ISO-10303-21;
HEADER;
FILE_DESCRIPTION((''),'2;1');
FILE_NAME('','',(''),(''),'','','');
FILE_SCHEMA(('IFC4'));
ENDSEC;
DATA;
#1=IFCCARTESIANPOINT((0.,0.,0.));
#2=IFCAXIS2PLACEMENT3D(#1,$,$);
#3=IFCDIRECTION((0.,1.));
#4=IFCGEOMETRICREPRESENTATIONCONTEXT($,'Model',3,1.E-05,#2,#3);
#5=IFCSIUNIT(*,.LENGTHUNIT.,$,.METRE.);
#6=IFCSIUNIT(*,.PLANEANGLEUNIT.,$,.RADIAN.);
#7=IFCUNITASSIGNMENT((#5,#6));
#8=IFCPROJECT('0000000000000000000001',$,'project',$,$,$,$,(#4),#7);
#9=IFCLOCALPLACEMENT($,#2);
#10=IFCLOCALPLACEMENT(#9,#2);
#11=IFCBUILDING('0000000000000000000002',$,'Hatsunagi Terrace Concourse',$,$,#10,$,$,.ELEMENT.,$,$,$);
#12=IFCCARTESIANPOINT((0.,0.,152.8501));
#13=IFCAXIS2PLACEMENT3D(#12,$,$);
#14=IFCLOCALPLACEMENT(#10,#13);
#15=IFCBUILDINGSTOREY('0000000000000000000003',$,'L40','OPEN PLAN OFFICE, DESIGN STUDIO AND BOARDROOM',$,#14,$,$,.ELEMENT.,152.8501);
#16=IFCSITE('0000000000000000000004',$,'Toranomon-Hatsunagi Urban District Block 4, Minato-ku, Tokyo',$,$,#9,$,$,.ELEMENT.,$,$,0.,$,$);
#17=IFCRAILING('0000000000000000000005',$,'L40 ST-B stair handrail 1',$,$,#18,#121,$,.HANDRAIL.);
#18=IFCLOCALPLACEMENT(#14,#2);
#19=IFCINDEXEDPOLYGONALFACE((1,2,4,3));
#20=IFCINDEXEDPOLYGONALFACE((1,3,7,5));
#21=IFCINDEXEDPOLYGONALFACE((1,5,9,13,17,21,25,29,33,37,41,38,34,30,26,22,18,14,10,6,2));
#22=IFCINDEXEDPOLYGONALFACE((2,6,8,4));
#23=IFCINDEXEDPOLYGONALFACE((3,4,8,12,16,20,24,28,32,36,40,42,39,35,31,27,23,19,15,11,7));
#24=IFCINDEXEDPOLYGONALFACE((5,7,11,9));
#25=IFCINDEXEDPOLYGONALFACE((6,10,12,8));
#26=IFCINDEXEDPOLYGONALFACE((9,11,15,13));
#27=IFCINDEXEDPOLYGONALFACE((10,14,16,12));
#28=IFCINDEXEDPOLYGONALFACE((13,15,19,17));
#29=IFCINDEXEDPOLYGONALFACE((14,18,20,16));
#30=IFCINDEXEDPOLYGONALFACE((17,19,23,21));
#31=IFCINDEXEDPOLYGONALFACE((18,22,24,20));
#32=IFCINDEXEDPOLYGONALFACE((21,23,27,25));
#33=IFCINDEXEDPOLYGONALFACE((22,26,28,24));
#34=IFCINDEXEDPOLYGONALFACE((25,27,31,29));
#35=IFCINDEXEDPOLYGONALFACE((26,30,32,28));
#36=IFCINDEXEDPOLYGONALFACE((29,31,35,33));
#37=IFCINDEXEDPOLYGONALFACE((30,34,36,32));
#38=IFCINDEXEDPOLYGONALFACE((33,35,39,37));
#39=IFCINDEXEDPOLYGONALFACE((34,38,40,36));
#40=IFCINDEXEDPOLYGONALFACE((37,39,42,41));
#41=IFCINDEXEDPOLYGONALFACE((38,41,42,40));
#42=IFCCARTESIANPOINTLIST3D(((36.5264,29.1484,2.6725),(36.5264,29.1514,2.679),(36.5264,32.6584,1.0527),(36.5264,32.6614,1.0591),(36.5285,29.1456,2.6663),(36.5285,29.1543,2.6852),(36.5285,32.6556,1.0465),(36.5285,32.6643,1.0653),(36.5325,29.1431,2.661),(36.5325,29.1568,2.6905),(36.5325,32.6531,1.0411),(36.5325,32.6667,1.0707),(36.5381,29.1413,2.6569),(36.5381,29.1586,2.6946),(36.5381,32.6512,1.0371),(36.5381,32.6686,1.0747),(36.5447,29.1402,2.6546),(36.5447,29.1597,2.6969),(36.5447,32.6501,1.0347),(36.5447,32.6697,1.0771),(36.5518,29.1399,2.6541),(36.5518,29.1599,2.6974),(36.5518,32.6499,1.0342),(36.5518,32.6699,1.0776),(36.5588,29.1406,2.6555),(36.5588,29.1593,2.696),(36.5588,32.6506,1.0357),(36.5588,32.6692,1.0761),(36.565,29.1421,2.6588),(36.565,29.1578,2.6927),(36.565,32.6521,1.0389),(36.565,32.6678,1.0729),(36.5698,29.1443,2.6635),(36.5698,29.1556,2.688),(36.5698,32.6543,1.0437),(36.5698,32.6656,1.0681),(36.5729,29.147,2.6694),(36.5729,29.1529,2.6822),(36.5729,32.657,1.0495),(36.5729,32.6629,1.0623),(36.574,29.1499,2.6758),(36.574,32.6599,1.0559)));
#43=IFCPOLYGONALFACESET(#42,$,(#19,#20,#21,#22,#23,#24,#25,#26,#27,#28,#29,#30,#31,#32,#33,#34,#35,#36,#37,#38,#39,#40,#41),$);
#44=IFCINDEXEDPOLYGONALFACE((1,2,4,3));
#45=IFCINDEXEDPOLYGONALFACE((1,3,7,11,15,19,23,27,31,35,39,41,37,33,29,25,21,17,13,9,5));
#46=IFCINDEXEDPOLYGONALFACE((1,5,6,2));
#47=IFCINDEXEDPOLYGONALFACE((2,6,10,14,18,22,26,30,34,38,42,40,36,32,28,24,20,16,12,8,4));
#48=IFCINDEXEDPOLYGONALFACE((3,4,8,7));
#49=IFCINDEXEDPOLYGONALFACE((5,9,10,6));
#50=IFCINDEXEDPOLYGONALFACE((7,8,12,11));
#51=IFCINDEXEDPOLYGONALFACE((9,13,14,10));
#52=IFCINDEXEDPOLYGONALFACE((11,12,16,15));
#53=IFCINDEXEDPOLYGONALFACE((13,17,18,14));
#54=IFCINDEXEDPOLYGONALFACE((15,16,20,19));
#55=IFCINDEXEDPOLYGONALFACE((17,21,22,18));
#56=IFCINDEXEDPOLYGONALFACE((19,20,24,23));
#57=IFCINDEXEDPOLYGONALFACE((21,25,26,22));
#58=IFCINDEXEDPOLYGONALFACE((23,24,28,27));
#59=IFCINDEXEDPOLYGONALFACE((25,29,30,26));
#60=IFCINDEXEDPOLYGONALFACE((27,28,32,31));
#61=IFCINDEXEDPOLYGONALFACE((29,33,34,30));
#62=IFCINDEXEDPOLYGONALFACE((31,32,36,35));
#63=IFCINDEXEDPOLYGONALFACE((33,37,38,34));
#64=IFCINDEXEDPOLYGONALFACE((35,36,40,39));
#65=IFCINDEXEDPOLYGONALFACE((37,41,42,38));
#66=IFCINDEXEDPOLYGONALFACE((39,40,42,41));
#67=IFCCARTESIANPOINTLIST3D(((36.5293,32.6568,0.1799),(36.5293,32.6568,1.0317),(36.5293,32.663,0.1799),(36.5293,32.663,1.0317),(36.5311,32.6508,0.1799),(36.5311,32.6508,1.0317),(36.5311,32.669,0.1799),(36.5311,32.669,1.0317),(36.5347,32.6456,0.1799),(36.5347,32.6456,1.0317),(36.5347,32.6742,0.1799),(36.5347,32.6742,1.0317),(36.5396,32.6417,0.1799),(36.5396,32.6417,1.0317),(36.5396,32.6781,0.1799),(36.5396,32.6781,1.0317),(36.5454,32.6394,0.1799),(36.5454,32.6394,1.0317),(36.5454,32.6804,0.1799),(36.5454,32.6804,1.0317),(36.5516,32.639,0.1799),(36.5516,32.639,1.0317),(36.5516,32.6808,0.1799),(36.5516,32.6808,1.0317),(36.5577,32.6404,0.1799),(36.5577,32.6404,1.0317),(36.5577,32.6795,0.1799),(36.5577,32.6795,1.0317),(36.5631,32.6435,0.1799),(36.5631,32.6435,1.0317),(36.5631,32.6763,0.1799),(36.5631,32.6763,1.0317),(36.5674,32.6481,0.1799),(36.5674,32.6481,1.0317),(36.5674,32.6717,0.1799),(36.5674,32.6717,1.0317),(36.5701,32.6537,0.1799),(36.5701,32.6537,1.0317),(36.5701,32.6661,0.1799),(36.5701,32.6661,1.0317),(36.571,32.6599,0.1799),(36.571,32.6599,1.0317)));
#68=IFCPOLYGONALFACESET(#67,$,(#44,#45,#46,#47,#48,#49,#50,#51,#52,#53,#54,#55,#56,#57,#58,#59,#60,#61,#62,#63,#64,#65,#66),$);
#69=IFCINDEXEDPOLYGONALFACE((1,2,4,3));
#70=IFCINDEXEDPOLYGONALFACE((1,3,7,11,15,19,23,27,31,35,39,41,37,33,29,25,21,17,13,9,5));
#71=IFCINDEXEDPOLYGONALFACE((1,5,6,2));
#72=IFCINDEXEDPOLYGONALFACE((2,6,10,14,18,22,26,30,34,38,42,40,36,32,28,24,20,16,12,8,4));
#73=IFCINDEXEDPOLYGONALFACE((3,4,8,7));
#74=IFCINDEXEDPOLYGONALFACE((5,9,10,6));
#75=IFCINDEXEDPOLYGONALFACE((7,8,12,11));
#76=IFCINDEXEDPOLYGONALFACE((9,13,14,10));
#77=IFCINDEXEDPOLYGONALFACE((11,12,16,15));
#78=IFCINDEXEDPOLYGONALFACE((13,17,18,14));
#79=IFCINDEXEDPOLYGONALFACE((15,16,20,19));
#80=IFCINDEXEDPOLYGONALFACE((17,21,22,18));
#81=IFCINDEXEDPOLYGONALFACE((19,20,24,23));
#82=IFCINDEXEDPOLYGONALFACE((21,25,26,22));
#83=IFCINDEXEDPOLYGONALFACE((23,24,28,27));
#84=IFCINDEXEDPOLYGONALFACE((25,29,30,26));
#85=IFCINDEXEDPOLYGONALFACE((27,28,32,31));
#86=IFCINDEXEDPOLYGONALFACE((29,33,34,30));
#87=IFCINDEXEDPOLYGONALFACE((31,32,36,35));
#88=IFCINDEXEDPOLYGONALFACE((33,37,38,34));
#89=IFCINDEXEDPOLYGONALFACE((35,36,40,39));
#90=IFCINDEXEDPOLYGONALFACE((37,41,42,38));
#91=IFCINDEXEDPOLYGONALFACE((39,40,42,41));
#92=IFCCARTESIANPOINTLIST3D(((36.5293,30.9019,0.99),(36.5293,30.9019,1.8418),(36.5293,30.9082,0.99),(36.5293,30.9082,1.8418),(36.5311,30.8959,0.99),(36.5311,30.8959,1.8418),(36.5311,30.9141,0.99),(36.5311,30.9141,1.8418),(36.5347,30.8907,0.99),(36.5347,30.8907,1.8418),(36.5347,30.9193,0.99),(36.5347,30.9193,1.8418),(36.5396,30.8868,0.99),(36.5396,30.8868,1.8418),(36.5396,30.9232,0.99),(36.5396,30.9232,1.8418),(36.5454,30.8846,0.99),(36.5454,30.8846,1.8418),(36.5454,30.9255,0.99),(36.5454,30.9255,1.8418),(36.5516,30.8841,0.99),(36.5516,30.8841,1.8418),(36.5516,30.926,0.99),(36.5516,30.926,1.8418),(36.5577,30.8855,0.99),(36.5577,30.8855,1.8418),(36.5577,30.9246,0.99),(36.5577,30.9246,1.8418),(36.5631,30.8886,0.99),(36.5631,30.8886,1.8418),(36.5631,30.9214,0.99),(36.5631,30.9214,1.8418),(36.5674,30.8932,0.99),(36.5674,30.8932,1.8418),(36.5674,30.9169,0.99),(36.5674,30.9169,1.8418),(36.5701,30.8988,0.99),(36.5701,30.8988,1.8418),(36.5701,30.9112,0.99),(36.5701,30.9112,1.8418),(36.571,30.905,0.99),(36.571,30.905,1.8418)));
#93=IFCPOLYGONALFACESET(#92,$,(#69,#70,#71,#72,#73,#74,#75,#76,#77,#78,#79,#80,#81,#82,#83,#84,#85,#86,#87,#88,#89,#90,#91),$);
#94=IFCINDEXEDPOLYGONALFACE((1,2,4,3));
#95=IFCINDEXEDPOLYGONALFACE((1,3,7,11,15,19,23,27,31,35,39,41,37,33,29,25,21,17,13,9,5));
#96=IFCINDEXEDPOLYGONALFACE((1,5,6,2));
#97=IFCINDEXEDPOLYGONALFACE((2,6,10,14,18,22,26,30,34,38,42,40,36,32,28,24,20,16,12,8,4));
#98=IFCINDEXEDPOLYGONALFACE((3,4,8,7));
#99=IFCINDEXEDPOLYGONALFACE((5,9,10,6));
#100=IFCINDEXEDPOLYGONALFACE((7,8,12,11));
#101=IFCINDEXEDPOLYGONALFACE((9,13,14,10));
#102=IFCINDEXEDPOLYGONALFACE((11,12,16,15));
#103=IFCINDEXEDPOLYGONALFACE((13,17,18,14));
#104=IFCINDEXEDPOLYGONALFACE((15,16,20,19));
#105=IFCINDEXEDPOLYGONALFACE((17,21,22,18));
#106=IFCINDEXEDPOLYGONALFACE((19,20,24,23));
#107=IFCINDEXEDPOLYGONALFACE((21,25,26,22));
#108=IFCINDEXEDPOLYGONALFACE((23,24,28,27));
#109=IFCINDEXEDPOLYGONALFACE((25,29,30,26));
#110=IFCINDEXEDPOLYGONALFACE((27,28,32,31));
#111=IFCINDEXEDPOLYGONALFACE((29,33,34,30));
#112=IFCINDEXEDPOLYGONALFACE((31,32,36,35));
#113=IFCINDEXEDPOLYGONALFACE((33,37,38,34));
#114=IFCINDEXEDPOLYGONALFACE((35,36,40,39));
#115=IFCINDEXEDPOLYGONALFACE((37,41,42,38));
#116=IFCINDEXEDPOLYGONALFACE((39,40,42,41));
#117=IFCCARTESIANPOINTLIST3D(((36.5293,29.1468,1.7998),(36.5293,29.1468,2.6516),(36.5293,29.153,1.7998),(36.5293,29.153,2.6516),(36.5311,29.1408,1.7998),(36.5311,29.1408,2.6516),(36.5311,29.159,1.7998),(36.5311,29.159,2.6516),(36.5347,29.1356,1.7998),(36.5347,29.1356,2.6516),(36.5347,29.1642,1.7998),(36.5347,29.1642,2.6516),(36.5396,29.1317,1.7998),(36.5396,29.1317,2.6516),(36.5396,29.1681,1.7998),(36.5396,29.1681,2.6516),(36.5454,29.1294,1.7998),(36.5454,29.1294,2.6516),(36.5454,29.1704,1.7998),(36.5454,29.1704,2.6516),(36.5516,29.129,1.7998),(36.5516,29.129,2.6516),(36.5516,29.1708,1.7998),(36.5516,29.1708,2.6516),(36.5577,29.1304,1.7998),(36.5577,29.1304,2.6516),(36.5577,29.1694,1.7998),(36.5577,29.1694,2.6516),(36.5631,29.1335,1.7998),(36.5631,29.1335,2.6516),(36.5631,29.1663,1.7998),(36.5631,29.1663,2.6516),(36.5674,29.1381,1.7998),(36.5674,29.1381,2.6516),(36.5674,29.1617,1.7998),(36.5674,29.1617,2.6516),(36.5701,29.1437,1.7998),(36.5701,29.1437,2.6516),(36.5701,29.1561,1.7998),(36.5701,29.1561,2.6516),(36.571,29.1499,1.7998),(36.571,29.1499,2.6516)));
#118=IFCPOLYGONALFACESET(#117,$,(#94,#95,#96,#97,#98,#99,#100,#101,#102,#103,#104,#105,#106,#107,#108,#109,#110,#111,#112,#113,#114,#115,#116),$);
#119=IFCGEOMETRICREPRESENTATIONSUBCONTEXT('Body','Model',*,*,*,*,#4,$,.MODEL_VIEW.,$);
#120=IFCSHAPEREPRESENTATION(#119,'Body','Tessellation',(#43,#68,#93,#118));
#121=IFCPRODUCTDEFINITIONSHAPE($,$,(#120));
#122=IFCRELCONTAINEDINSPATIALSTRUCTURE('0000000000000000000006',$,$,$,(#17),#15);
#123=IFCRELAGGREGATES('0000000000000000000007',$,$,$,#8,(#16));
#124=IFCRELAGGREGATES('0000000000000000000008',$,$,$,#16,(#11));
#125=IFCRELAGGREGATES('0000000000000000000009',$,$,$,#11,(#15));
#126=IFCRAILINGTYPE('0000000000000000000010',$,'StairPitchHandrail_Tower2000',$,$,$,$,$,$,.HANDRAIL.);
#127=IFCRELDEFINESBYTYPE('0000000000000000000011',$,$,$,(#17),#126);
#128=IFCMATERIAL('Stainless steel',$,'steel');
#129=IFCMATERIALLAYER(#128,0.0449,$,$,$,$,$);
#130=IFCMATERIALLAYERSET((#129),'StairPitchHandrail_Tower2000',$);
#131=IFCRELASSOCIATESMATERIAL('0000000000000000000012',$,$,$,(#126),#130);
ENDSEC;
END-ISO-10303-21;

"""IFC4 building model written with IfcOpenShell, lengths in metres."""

from ifc_helpers import new_model, si_unit, direction, frame, origin, origin_2d, place, context, subcontext, project, spatial, circle, extrude, material, layer, layer_set, type_object, element, save


model = new_model("IFC4")

# Units and contexts
model_context = context("Model", 3, precision=1e-05, world=origin(), true_north=direction((0.0, 1.0)))
body_context = subcontext(model_context, "Body", "Model", "MODEL_VIEW")
ifc_project = project(units=[si_unit("LENGTHUNIT", "METRE"), si_unit("PLANEANGLEUNIT", "RADIAN")], contexts=[model_context])

# Site, building, storey
site_placement = place(None, origin())
site = spatial("IfcSite", under=ifc_project, at=site_placement, Name="Toranomon-Hatsunagi Urban District Block 4, Minato-ku, Tokyo", CompositionType="ELEMENT", RefElevation=0.0)
building_placement = place(site_placement, origin())
building = spatial("IfcBuilding", under=site, at=building_placement, Name="Hatsunagi Terrace Concourse", CompositionType="ELEMENT")
storey_placement = place(building_placement, frame((0.0, 0.0, 152.8501)))
storey = spatial("IfcBuildingStorey", under=building, at=storey_placement, Name="L40", Description="OPEN PLAN OFFICE, DESIGN STUDIO AND BOARDROOM", CompositionType="ELEMENT", Elevation=152.8501)

# Railing
ifc_material_1 = material(Name="Stainless steel", Category="steel")
ifc_layer_1 = layer(ifc_material_1, 0.0449)
ifc_layer_set_1 = layer_set([ifc_layer_1], Name="StairPitchHandrail_Tower2000")
railing_type_1 = type_object("IfcRailingType", Name="StairPitchHandrail_Tower2000", PredefinedType="HANDRAIL", material=ifc_layer_set_1)
railing_1_placement = place(storey_placement, frame((36.55, 32.6599, 0.1799)))
element("IfcRailing", 1, at=railing_1_placement, inside=storey, type_object=railing_type_1, Name="L40 ST-B stair handrail 1", PredefinedType="HANDRAIL", context=body_context, shape_type="SweptSolid", body=[
    extrude(circle(Radius=0.0239, at=origin_2d()), frame((0.0, 0.0, 0.876), z_axis=(0.0, -0.907972, 0.41903), x_axis=(1.0, 0.0, 0.0)), (0.0, 0.0, 1.0), 3.8657),
    extrude(circle(Radius=0.021, at=origin_2d()), origin(), (0.0, 0.0, 1.0), 0.8518),
    extrude(circle(Radius=0.021, at=origin_2d()), frame((0.0, -1.7549, 0.8101)), (0.0, 0.0, 1.0), 0.8518),
    extrude(circle(Radius=0.021, at=origin_2d()), frame((0.0, -3.51, 1.6199)), (0.0, 0.0, 1.0), 0.8518),
])

save(model, "model.ifc")
